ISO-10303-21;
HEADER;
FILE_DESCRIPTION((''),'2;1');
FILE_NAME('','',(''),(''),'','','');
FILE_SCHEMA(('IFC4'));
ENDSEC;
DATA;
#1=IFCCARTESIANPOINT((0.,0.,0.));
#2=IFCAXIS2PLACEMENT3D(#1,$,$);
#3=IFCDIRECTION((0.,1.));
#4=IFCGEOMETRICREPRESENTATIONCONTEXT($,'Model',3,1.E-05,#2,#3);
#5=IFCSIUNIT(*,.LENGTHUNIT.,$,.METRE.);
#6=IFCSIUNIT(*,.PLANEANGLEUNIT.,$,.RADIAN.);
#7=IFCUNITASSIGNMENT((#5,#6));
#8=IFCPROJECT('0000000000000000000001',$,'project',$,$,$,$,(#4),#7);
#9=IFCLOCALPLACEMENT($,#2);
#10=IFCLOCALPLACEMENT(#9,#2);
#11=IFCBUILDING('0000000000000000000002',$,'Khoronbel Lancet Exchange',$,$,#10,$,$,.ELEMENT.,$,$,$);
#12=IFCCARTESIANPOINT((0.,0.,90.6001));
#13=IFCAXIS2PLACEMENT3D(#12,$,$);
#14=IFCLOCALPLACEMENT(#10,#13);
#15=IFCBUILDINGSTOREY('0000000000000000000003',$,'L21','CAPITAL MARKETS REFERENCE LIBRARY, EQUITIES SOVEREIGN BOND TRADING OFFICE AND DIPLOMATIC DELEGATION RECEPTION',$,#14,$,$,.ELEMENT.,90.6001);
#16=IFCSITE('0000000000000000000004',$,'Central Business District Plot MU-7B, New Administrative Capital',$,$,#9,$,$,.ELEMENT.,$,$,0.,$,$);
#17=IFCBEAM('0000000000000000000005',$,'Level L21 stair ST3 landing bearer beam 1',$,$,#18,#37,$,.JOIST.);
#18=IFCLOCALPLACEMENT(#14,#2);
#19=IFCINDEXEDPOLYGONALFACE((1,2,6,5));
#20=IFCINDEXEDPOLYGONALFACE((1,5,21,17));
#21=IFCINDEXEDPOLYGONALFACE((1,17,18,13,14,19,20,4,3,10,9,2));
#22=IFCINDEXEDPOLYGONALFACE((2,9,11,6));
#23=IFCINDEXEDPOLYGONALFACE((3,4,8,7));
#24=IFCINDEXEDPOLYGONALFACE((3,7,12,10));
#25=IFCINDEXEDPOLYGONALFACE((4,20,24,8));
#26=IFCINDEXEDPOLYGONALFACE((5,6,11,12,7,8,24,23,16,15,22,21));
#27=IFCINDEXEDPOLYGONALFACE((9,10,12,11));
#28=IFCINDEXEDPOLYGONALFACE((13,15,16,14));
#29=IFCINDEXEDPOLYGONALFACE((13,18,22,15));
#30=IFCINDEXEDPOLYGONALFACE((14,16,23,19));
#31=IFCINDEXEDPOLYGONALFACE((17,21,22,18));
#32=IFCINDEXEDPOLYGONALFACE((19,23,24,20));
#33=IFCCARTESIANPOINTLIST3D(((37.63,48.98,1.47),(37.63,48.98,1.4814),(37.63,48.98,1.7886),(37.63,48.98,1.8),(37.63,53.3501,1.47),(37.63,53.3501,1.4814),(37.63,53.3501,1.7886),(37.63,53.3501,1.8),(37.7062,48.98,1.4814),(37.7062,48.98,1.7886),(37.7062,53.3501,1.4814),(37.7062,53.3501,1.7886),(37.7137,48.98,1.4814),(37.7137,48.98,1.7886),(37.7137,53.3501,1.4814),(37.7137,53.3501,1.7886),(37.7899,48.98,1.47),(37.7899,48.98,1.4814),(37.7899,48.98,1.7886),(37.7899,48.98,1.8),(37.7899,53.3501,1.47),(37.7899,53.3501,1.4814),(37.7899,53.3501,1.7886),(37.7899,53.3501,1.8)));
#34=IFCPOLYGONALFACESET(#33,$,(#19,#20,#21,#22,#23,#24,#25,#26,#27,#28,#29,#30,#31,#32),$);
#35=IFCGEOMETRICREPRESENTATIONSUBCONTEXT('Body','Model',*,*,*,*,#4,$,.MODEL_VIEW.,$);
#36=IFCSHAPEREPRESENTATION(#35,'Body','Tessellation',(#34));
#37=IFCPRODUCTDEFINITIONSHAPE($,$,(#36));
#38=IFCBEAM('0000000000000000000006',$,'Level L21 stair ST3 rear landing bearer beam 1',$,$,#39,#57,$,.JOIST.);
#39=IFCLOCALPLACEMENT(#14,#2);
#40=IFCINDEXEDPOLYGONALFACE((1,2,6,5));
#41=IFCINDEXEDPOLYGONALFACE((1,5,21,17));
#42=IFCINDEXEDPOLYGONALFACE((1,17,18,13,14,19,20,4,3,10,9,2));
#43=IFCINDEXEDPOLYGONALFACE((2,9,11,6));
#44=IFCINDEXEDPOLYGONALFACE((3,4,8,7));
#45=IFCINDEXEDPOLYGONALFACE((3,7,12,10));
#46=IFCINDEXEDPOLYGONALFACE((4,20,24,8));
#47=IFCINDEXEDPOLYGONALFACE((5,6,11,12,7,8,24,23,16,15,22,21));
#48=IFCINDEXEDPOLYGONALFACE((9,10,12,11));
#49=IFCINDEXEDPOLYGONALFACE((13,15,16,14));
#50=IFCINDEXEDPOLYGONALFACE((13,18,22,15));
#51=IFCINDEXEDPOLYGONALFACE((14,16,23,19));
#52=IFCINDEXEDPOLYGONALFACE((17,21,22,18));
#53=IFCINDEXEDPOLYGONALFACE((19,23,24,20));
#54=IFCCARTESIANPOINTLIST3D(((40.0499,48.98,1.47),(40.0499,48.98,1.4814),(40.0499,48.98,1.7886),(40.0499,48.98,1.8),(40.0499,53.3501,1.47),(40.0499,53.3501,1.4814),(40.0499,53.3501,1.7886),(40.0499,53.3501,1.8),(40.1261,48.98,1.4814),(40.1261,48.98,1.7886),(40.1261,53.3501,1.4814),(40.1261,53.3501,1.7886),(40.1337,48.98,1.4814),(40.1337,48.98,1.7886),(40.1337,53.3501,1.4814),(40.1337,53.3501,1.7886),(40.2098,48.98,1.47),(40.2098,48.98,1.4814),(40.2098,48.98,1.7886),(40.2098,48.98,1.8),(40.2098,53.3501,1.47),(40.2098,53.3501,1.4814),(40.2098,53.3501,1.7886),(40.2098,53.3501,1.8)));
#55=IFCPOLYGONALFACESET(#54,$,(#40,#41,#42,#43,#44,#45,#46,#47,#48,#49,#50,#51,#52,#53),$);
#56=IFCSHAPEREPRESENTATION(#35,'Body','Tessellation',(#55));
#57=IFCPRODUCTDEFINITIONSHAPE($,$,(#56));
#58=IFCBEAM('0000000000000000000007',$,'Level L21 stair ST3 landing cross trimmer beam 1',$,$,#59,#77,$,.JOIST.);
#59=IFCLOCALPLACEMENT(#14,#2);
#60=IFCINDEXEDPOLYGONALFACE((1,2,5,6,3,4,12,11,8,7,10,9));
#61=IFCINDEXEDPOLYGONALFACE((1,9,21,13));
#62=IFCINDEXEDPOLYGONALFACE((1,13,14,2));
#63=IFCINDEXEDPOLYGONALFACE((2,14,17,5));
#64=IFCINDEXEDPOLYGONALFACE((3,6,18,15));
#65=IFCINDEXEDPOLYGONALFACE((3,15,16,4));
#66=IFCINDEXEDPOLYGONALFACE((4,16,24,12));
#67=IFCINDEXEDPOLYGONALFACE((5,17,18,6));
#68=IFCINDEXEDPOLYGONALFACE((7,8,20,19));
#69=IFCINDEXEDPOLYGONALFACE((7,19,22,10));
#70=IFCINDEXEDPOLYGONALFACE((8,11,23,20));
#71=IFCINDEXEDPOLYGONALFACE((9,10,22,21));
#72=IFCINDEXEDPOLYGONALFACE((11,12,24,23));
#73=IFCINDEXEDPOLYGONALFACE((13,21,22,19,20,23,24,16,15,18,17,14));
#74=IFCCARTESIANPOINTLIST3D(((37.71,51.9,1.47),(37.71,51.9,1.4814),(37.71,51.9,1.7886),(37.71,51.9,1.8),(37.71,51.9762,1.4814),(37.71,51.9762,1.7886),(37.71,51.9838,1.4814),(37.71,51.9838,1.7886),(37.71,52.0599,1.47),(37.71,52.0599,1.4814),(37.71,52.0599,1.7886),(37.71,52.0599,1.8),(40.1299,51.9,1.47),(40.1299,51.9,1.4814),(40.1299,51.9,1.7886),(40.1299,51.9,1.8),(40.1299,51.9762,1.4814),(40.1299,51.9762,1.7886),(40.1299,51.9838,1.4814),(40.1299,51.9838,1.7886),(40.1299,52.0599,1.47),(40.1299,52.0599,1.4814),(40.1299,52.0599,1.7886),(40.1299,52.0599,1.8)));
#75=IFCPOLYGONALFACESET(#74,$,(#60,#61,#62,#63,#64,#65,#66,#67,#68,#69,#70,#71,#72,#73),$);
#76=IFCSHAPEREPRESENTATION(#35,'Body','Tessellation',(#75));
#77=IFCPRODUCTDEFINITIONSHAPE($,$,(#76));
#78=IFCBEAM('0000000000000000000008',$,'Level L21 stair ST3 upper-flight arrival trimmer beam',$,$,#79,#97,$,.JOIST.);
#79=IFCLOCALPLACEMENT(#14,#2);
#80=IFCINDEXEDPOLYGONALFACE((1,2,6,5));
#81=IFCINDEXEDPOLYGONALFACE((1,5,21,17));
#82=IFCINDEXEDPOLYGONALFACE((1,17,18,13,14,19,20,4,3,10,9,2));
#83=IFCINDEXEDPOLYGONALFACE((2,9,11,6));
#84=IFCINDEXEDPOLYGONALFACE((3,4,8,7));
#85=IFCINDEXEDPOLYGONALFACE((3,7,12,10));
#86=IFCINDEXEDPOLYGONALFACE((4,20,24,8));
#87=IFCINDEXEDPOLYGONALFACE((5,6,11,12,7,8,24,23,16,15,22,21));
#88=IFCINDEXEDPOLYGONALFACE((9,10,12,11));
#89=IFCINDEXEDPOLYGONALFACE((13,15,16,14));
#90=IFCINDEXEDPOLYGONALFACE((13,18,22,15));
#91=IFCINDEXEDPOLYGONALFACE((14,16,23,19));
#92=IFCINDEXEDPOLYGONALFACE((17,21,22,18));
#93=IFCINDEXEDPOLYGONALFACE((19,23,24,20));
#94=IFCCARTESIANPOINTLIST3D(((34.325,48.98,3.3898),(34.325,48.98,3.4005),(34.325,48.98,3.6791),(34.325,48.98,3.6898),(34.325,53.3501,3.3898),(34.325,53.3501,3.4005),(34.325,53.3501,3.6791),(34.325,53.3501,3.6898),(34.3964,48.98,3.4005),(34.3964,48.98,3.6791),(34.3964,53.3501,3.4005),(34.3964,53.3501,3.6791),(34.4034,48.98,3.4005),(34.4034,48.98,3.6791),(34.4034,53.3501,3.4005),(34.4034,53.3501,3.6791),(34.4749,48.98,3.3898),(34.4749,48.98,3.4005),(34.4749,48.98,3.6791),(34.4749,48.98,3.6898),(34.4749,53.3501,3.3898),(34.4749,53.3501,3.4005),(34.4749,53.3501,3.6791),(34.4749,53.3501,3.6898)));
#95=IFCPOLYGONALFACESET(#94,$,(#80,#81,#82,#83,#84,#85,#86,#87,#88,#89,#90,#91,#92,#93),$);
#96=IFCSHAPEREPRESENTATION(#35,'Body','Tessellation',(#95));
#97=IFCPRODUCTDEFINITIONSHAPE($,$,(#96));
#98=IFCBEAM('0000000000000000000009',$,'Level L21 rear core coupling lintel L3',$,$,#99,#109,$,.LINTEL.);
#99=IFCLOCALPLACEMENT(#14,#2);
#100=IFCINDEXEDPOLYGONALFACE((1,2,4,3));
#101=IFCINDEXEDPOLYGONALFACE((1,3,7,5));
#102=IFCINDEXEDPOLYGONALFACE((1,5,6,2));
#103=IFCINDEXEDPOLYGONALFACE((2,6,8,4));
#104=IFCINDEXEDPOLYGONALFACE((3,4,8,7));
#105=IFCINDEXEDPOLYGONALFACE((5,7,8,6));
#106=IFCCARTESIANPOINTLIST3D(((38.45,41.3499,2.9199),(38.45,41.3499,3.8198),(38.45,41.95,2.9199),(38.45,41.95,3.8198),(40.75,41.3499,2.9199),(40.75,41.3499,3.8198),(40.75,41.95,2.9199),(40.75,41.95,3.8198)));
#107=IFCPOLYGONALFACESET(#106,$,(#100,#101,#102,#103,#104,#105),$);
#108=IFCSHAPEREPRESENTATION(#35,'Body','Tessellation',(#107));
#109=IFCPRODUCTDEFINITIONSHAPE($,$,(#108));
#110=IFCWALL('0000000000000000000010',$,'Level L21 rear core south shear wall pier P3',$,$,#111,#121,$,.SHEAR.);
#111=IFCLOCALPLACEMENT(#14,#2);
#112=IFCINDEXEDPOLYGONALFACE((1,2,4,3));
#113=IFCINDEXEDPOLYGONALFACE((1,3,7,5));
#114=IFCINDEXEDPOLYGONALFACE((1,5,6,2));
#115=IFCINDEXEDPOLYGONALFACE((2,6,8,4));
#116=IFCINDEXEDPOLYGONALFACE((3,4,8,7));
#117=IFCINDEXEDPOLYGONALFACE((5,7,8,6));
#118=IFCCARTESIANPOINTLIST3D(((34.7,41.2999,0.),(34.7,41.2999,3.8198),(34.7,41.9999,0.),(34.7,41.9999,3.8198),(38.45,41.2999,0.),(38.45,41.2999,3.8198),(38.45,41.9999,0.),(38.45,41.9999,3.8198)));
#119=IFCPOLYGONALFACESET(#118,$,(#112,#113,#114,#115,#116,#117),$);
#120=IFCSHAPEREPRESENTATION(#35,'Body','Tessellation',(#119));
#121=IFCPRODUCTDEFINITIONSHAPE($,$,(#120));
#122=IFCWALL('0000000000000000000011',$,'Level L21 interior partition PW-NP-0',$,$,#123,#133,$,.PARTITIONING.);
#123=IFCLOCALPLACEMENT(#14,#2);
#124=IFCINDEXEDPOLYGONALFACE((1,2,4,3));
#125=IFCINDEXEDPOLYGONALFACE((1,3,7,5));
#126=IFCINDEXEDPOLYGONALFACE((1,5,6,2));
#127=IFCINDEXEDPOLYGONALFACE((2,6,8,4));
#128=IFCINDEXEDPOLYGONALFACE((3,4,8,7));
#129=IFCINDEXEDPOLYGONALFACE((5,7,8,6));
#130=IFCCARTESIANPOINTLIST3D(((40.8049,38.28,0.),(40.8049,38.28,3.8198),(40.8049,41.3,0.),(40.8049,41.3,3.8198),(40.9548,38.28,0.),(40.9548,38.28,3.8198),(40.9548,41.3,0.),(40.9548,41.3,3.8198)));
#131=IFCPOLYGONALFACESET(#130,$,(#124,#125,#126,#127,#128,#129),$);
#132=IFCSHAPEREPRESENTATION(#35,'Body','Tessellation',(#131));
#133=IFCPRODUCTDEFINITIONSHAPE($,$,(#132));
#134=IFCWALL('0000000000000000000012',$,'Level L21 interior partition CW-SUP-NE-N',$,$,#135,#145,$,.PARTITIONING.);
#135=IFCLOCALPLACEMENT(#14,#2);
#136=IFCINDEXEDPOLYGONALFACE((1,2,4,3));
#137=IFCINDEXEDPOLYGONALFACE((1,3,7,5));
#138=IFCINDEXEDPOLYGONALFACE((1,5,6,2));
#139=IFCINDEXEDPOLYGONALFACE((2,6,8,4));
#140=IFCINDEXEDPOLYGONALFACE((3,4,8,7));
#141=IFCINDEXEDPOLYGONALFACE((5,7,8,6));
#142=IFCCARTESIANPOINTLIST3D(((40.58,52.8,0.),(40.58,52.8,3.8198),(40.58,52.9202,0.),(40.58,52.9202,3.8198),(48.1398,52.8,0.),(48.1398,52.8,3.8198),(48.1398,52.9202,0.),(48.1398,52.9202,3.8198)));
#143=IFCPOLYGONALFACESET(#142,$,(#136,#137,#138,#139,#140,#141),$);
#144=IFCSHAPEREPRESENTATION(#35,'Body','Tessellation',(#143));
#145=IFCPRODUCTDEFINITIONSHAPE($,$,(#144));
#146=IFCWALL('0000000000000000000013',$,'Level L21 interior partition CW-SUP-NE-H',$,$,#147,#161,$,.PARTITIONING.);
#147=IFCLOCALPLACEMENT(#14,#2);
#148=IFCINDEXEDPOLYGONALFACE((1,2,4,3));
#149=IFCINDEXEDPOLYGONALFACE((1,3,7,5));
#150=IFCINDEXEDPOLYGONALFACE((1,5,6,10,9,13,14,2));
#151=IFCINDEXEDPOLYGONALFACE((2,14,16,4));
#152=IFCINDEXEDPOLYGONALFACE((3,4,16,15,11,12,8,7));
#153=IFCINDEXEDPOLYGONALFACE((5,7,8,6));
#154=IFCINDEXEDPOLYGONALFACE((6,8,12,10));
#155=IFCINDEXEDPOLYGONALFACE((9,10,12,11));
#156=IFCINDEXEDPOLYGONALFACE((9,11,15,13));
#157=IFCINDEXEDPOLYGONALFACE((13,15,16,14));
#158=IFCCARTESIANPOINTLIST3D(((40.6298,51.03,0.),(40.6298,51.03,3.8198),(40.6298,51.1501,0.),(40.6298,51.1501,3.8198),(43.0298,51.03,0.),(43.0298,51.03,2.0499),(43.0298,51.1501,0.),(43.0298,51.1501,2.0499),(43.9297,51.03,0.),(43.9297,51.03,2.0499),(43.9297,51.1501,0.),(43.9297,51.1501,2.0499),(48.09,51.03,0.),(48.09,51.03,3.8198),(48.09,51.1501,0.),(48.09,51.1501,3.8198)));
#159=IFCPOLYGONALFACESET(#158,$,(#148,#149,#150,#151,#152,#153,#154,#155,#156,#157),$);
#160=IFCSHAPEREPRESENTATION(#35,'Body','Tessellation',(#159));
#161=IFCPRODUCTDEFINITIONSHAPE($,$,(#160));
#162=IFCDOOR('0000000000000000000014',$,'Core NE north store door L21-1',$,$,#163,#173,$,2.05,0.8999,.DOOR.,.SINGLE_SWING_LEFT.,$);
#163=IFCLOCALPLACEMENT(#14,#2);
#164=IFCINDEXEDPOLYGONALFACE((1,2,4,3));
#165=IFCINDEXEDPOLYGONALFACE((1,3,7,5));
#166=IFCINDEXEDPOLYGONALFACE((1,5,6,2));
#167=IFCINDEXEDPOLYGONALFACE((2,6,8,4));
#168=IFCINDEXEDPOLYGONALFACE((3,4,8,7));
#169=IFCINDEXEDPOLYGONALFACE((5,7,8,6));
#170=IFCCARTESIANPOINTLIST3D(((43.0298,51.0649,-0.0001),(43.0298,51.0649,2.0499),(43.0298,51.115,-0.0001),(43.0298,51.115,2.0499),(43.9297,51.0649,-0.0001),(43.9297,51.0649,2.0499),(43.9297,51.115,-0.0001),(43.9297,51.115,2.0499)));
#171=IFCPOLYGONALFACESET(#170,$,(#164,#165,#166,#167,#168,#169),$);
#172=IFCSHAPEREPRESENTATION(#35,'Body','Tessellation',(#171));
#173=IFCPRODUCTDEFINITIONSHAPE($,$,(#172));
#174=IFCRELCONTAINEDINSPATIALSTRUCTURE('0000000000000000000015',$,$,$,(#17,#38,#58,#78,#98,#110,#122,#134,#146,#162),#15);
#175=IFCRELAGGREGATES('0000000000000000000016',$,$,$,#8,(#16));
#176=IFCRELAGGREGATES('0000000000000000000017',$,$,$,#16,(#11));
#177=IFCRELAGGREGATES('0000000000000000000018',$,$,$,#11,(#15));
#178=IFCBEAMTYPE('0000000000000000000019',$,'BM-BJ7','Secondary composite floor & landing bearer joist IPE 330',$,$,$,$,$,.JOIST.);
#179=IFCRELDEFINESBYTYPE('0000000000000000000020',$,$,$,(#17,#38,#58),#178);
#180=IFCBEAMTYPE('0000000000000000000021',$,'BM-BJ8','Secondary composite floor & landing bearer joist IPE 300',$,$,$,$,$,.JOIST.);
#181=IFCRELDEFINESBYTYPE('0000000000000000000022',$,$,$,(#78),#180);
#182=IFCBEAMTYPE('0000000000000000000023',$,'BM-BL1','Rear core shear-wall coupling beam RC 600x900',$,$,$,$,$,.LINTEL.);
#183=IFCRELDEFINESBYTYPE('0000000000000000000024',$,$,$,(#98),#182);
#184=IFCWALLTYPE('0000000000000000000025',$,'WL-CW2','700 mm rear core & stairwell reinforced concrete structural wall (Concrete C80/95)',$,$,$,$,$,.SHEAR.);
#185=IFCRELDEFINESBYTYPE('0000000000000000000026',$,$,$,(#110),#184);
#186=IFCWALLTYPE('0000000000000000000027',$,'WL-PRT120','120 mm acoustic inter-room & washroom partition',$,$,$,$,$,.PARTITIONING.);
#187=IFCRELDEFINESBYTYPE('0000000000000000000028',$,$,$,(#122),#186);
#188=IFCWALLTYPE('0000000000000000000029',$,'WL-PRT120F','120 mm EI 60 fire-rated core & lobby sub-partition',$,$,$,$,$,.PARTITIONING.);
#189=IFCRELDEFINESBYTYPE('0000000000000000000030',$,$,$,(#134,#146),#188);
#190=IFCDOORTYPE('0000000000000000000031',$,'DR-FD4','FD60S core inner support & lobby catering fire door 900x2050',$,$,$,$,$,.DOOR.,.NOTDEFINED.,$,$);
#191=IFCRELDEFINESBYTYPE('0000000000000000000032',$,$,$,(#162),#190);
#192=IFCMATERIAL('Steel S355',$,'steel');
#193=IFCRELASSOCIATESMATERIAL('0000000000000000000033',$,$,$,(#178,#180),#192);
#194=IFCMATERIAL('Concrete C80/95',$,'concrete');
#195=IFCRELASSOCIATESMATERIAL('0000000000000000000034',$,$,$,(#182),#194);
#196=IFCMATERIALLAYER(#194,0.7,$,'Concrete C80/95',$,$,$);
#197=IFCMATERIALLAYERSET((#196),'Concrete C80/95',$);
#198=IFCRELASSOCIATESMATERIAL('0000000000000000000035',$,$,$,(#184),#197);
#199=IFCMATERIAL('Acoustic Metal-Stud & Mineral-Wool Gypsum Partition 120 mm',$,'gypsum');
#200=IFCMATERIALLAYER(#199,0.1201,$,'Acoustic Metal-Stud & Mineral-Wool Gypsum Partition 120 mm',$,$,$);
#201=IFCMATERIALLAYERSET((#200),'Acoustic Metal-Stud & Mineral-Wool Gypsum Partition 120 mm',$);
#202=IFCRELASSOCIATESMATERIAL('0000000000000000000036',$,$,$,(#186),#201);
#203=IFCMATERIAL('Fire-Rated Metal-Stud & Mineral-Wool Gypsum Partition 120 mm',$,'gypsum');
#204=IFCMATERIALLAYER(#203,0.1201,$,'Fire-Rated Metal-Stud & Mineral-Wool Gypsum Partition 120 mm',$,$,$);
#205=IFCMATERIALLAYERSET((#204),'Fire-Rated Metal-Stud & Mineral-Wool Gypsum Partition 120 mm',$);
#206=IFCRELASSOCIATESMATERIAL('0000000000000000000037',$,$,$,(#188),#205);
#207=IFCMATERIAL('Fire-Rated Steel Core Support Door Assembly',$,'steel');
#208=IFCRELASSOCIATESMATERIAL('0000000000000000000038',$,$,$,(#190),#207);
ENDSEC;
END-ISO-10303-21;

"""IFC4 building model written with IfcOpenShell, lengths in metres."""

from ifc_helpers import new_model, si_unit, direction, frame, frame_2d, origin, origin_2d, place, context, subcontext, project, spatial, rectangle, i_section, extrude, material, layer, layer_set, material_profile, profile_set, type_object, element, fill, save


model = new_model("IFC4")

# Units and contexts
model_context = context("Model", 3, precision=1e-05, world=origin(), true_north=direction((0.0, 1.0)))
body_context = subcontext(model_context, "Body", "Model", "MODEL_VIEW")
ifc_project = project(units=[si_unit("LENGTHUNIT", "METRE"), si_unit("PLANEANGLEUNIT", "RADIAN")], contexts=[model_context])

# Site, building, storey
site_placement = place(None, origin())
site = spatial("IfcSite", under=ifc_project, at=site_placement, Name="Central Business District Plot MU-7B, New Administrative Capital", CompositionType="ELEMENT", RefElevation=0.0)
building_placement = place(site_placement, origin())
building = spatial("IfcBuilding", under=site, at=building_placement, Name="Khoronbel Lancet Exchange", CompositionType="ELEMENT")
storey_placement = place(building_placement, frame((0.0, 0.0, 90.6001)))
storey = spatial("IfcBuildingStorey", under=building, at=storey_placement, Name="L21", Description="CAPITAL MARKETS REFERENCE LIBRARY, EQUITIES SOVEREIGN BOND TRADING OFFICE AND DIPLOMATIC DELEGATION RECEPTION", CompositionType="ELEMENT", Elevation=90.6001)

# Beams
ifc_material_1 = material(Name="Steel S355", Category="steel")
ifc_material_profile_1 = material_profile(ifc_material_1, i_section(OverallWidth=0.1599, OverallDepth=0.3301, WebThickness=0.0076, FlangeThickness=0.0115, at=origin_2d()), Name="IPE 330")
ifc_profile_set_1 = profile_set([ifc_material_profile_1], Name="Steel S355")
beam_type_1 = type_object("IfcBeamType", Name="BM-BJ7", Description="Secondary composite floor & landing bearer joist IPE 330", PredefinedType="JOIST", material=ifc_profile_set_1)
for number, where, z_axis, x_axis, name in (
    (1, (37.71, 48.98, 1.635), (0.0, 1.0, 0.0), (-1.0, 0.0, 0.0), "Level L21 stair ST3 landing bearer beam 1"),
    (2, (40.1299, 48.98, 1.635), (0.0, 1.0, 0.0), (-1.0, 0.0, 0.0), "Level L21 stair ST3 rear landing bearer beam 1"),
):
    element("IfcBeam", number, at=place(storey_placement, frame(where, z_axis=z_axis, x_axis=x_axis)), inside=storey, type_object=beam_type_1, Name=name, PredefinedType="JOIST", context=body_context, shape_type="SweptSolid", body=[
        extrude(i_section(OverallWidth=0.1599, OverallDepth=0.3301, WebThickness=0.0076, FlangeThickness=0.0115, at=origin_2d()), origin(), (0.0, 0.0, 1.0), 4.3701),
    ])
beam_1_placement = place(storey_placement, frame((37.71, 51.98, 1.635), z_axis=(1.0, 0.0, 0.0), x_axis=(0.0, 1.0, 0.0)))
element("IfcBeam", 3, at=beam_1_placement, inside=storey, type_object=beam_type_1, Name="Level L21 stair ST3 landing cross trimmer beam 1", PredefinedType="JOIST", context=body_context, shape_type="SweptSolid", body=[
    extrude(i_section(OverallWidth=0.1599, OverallDepth=0.3301, WebThickness=0.0076, FlangeThickness=0.0115, at=origin_2d()), origin(), (0.0, 0.0, 1.0), 2.4199),
])
ifc_material_profile_2 = material_profile(ifc_material_1, i_section(OverallWidth=0.1499, OverallDepth=0.3, WebThickness=0.0071, FlangeThickness=0.0107, at=origin_2d()), Name="IPE 300")
ifc_profile_set_2 = profile_set([ifc_material_profile_2], Name="Steel S355")
beam_type_2 = type_object("IfcBeamType", Name="BM-BJ8", Description="Secondary composite floor & landing bearer joist IPE 300", PredefinedType="JOIST", material=ifc_profile_set_2)
beam_2_placement = place(storey_placement, frame((34.3999, 48.98, 3.5398), z_axis=(0.0, 1.0, 0.0), x_axis=(-1.0, 0.0, 0.0)))
element("IfcBeam", 4, at=beam_2_placement, inside=storey, type_object=beam_type_2, Name="Level L21 stair ST3 upper-flight arrival trimmer beam", PredefinedType="JOIST", context=body_context, shape_type="SweptSolid", body=[
    extrude(i_section(OverallWidth=0.1499, OverallDepth=0.3, WebThickness=0.0071, FlangeThickness=0.0107, at=origin_2d()), origin(), (0.0, 0.0, 1.0), 4.3701),
])
ifc_material_2 = material(Name="Concrete C80/95", Category="concrete")
ifc_material_profile_3 = material_profile(ifc_material_2, rectangle(XDim=0.6001, YDim=0.8999, at=origin_2d()), Name="RC 600x900")
ifc_profile_set_3 = profile_set([ifc_material_profile_3], Name="Concrete C80/95")
beam_type_3 = type_object("IfcBeamType", Name="BM-BL1", Description="Rear core shear-wall coupling beam RC 600x900", PredefinedType="LINTEL", material=ifc_profile_set_3)
beam_3_placement = place(storey_placement, frame((38.45, 41.6499, 3.3699), z_axis=(1.0, 0.0, 0.0), x_axis=(0.0, 1.0, 0.0)))
element("IfcBeam", 5, at=beam_3_placement, inside=storey, type_object=beam_type_3, Name="Level L21 rear core coupling lintel L3", PredefinedType="LINTEL", context=body_context, shape_type="SweptSolid", body=[
    extrude(rectangle(XDim=0.6001, YDim=0.8999, at=origin_2d()), origin(), (0.0, 0.0, 1.0), 2.3),
])

# Walls
ifc_layer_1 = layer(ifc_material_2, 0.7, Name="Concrete C80/95")
ifc_layer_set_1 = layer_set([ifc_layer_1], Name="Concrete C80/95")
wall_type_1 = type_object("IfcWallType", Name="WL-CW2", Description="700 mm rear core & stairwell reinforced concrete structural wall (Concrete C80/95)", PredefinedType="SHEAR", material=ifc_layer_set_1)
wall_1_placement = place(storey_placement, frame((38.45, 41.6499, 0.0), z_axis=(0.0, 0.0, 1.0), x_axis=(-1.0, 0.0, 0.0)))
element("IfcWall", 6, at=wall_1_placement, inside=storey, type_object=wall_type_1, Name="Level L21 rear core south shear wall pier P3", PredefinedType="SHEAR", context=body_context, shape_type="SweptSolid", body=[
    extrude(rectangle(XDim=3.75, YDim=0.7, at=frame_2d((1.875, 0.0))), origin(), (0.0, 0.0, 1.0), 3.8198),
])
ifc_material_3 = material(Name="Acoustic Metal-Stud & Mineral-Wool Gypsum Partition 120 mm", Category="gypsum")
ifc_layer_2 = layer(ifc_material_3, 0.1201, Name="Acoustic Metal-Stud & Mineral-Wool Gypsum Partition 120 mm")
ifc_layer_set_2 = layer_set([ifc_layer_2], Name="Acoustic Metal-Stud & Mineral-Wool Gypsum Partition 120 mm")
wall_type_2 = type_object("IfcWallType", Name="WL-PRT120", Description="120 mm acoustic inter-room & washroom partition", PredefinedType="PARTITIONING", material=ifc_layer_set_2)
wall_2_placement = place(storey_placement, frame((40.8799, 38.28, 0.0), z_axis=(0.0, 0.0, 1.0), x_axis=(0.0, 1.0, 0.0)))
element("IfcWall", 7, at=wall_2_placement, inside=storey, type_object=wall_type_2, Name="Level L21 interior partition PW-NP-0", PredefinedType="PARTITIONING", context=body_context, shape_type="SweptSolid", body=[
    extrude(rectangle(XDim=3.02, YDim=0.1499, at=frame_2d((1.51, 0.0))), origin(), (0.0, 0.0, 1.0), 3.8198),
])
ifc_material_4 = material(Name="Fire-Rated Metal-Stud & Mineral-Wool Gypsum Partition 120 mm", Category="gypsum")
ifc_layer_3 = layer(ifc_material_4, 0.1201, Name="Fire-Rated Metal-Stud & Mineral-Wool Gypsum Partition 120 mm")
ifc_layer_set_3 = layer_set([ifc_layer_3], Name="Fire-Rated Metal-Stud & Mineral-Wool Gypsum Partition 120 mm")
wall_type_3 = type_object("IfcWallType", Name="WL-PRT120F", Description="120 mm EI 60 fire-rated core & lobby sub-partition", PredefinedType="PARTITIONING", material=ifc_layer_set_3)
wall_3_placement = place(storey_placement, frame((40.5801, 52.8601, 0.0), z_axis=(0.0, 0.0, 1.0), x_axis=(1.0, 0.0, 0.0)))
element("IfcWall", 8, at=wall_3_placement, inside=storey, type_object=wall_type_3, Name="Level L21 interior partition CW-SUP-NE-N", PredefinedType="PARTITIONING", context=body_context, shape_type="SweptSolid", body=[
    extrude(rectangle(XDim=7.5598, YDim=0.1201, at=frame_2d((3.7798, 0.0))), origin(), (0.0, 0.0, 1.0), 3.8198),
])

# Wall, opening, door
wall_4_placement = place(storey_placement, frame((40.6299, 51.0901, 0.0), z_axis=(0.0, 0.0, 1.0), x_axis=(1.0, 0.0, 0.0)))
wall_4 = element("IfcWall", 9, at=wall_4_placement, inside=storey, type_object=wall_type_3, Name="Level L21 interior partition CW-SUP-NE-H", PredefinedType="PARTITIONING", context=body_context, shape_type="SweptSolid", body=[
    extrude(rectangle(XDim=7.4602, YDim=0.1201, at=frame_2d((3.73, 0.0))), origin(), (0.0, 0.0, 1.0), 3.8198),
])
opening_1_placement = place(wall_4_placement, frame((2.3999, 0.0, 0.0)))
opening_1 = element("IfcOpeningElement", 10, at=opening_1_placement, cuts=wall_4, PredefinedType="OPENING", context=body_context, shape_type="SweptSolid", body=[
    extrude(rectangle(XDim=0.8999, YDim=2.05, at=frame_2d((0.45, 1.0249))), frame((0.0, 0.0701, 0.0), z_axis=(0.0, -1.0, 0.0), x_axis=(1.0, 0.0, 0.0)), (0.0, 0.0, 1.0), 0.1401),
])
ifc_material_5 = material(Name="Fire-Rated Steel Core Support Door Assembly", Category="steel")
door_type_1 = type_object("IfcDoorType", Name="DR-FD4", Description="FD60S core inner support & lobby catering fire door 900x2050", OperationType="NOTDEFINED", PredefinedType="DOOR", material=ifc_material_5)
door_1_placement = place(opening_1_placement, origin())
door_1 = element("IfcDoor", 11, at=door_1_placement, inside=storey, type_object=door_type_1, Name="Core NE north store door L21-1", OperationType="SINGLE_SWING_LEFT", OverallHeight=2.05, OverallWidth=0.8999, PredefinedType="DOOR", context=body_context, shape_type="SweptSolid", body=[
    extrude(rectangle(XDim=0.8999, YDim=2.05, at=frame_2d((0.45, 1.0249))), frame((0.0, 0.0249, 0.0), z_axis=(0.0, -1.0, 0.0), x_axis=(1.0, 0.0, 0.0)), (0.0, 0.0, 1.0), 0.05),
])
fill(opening_1, door_1)

save(model, "model.ifc")
